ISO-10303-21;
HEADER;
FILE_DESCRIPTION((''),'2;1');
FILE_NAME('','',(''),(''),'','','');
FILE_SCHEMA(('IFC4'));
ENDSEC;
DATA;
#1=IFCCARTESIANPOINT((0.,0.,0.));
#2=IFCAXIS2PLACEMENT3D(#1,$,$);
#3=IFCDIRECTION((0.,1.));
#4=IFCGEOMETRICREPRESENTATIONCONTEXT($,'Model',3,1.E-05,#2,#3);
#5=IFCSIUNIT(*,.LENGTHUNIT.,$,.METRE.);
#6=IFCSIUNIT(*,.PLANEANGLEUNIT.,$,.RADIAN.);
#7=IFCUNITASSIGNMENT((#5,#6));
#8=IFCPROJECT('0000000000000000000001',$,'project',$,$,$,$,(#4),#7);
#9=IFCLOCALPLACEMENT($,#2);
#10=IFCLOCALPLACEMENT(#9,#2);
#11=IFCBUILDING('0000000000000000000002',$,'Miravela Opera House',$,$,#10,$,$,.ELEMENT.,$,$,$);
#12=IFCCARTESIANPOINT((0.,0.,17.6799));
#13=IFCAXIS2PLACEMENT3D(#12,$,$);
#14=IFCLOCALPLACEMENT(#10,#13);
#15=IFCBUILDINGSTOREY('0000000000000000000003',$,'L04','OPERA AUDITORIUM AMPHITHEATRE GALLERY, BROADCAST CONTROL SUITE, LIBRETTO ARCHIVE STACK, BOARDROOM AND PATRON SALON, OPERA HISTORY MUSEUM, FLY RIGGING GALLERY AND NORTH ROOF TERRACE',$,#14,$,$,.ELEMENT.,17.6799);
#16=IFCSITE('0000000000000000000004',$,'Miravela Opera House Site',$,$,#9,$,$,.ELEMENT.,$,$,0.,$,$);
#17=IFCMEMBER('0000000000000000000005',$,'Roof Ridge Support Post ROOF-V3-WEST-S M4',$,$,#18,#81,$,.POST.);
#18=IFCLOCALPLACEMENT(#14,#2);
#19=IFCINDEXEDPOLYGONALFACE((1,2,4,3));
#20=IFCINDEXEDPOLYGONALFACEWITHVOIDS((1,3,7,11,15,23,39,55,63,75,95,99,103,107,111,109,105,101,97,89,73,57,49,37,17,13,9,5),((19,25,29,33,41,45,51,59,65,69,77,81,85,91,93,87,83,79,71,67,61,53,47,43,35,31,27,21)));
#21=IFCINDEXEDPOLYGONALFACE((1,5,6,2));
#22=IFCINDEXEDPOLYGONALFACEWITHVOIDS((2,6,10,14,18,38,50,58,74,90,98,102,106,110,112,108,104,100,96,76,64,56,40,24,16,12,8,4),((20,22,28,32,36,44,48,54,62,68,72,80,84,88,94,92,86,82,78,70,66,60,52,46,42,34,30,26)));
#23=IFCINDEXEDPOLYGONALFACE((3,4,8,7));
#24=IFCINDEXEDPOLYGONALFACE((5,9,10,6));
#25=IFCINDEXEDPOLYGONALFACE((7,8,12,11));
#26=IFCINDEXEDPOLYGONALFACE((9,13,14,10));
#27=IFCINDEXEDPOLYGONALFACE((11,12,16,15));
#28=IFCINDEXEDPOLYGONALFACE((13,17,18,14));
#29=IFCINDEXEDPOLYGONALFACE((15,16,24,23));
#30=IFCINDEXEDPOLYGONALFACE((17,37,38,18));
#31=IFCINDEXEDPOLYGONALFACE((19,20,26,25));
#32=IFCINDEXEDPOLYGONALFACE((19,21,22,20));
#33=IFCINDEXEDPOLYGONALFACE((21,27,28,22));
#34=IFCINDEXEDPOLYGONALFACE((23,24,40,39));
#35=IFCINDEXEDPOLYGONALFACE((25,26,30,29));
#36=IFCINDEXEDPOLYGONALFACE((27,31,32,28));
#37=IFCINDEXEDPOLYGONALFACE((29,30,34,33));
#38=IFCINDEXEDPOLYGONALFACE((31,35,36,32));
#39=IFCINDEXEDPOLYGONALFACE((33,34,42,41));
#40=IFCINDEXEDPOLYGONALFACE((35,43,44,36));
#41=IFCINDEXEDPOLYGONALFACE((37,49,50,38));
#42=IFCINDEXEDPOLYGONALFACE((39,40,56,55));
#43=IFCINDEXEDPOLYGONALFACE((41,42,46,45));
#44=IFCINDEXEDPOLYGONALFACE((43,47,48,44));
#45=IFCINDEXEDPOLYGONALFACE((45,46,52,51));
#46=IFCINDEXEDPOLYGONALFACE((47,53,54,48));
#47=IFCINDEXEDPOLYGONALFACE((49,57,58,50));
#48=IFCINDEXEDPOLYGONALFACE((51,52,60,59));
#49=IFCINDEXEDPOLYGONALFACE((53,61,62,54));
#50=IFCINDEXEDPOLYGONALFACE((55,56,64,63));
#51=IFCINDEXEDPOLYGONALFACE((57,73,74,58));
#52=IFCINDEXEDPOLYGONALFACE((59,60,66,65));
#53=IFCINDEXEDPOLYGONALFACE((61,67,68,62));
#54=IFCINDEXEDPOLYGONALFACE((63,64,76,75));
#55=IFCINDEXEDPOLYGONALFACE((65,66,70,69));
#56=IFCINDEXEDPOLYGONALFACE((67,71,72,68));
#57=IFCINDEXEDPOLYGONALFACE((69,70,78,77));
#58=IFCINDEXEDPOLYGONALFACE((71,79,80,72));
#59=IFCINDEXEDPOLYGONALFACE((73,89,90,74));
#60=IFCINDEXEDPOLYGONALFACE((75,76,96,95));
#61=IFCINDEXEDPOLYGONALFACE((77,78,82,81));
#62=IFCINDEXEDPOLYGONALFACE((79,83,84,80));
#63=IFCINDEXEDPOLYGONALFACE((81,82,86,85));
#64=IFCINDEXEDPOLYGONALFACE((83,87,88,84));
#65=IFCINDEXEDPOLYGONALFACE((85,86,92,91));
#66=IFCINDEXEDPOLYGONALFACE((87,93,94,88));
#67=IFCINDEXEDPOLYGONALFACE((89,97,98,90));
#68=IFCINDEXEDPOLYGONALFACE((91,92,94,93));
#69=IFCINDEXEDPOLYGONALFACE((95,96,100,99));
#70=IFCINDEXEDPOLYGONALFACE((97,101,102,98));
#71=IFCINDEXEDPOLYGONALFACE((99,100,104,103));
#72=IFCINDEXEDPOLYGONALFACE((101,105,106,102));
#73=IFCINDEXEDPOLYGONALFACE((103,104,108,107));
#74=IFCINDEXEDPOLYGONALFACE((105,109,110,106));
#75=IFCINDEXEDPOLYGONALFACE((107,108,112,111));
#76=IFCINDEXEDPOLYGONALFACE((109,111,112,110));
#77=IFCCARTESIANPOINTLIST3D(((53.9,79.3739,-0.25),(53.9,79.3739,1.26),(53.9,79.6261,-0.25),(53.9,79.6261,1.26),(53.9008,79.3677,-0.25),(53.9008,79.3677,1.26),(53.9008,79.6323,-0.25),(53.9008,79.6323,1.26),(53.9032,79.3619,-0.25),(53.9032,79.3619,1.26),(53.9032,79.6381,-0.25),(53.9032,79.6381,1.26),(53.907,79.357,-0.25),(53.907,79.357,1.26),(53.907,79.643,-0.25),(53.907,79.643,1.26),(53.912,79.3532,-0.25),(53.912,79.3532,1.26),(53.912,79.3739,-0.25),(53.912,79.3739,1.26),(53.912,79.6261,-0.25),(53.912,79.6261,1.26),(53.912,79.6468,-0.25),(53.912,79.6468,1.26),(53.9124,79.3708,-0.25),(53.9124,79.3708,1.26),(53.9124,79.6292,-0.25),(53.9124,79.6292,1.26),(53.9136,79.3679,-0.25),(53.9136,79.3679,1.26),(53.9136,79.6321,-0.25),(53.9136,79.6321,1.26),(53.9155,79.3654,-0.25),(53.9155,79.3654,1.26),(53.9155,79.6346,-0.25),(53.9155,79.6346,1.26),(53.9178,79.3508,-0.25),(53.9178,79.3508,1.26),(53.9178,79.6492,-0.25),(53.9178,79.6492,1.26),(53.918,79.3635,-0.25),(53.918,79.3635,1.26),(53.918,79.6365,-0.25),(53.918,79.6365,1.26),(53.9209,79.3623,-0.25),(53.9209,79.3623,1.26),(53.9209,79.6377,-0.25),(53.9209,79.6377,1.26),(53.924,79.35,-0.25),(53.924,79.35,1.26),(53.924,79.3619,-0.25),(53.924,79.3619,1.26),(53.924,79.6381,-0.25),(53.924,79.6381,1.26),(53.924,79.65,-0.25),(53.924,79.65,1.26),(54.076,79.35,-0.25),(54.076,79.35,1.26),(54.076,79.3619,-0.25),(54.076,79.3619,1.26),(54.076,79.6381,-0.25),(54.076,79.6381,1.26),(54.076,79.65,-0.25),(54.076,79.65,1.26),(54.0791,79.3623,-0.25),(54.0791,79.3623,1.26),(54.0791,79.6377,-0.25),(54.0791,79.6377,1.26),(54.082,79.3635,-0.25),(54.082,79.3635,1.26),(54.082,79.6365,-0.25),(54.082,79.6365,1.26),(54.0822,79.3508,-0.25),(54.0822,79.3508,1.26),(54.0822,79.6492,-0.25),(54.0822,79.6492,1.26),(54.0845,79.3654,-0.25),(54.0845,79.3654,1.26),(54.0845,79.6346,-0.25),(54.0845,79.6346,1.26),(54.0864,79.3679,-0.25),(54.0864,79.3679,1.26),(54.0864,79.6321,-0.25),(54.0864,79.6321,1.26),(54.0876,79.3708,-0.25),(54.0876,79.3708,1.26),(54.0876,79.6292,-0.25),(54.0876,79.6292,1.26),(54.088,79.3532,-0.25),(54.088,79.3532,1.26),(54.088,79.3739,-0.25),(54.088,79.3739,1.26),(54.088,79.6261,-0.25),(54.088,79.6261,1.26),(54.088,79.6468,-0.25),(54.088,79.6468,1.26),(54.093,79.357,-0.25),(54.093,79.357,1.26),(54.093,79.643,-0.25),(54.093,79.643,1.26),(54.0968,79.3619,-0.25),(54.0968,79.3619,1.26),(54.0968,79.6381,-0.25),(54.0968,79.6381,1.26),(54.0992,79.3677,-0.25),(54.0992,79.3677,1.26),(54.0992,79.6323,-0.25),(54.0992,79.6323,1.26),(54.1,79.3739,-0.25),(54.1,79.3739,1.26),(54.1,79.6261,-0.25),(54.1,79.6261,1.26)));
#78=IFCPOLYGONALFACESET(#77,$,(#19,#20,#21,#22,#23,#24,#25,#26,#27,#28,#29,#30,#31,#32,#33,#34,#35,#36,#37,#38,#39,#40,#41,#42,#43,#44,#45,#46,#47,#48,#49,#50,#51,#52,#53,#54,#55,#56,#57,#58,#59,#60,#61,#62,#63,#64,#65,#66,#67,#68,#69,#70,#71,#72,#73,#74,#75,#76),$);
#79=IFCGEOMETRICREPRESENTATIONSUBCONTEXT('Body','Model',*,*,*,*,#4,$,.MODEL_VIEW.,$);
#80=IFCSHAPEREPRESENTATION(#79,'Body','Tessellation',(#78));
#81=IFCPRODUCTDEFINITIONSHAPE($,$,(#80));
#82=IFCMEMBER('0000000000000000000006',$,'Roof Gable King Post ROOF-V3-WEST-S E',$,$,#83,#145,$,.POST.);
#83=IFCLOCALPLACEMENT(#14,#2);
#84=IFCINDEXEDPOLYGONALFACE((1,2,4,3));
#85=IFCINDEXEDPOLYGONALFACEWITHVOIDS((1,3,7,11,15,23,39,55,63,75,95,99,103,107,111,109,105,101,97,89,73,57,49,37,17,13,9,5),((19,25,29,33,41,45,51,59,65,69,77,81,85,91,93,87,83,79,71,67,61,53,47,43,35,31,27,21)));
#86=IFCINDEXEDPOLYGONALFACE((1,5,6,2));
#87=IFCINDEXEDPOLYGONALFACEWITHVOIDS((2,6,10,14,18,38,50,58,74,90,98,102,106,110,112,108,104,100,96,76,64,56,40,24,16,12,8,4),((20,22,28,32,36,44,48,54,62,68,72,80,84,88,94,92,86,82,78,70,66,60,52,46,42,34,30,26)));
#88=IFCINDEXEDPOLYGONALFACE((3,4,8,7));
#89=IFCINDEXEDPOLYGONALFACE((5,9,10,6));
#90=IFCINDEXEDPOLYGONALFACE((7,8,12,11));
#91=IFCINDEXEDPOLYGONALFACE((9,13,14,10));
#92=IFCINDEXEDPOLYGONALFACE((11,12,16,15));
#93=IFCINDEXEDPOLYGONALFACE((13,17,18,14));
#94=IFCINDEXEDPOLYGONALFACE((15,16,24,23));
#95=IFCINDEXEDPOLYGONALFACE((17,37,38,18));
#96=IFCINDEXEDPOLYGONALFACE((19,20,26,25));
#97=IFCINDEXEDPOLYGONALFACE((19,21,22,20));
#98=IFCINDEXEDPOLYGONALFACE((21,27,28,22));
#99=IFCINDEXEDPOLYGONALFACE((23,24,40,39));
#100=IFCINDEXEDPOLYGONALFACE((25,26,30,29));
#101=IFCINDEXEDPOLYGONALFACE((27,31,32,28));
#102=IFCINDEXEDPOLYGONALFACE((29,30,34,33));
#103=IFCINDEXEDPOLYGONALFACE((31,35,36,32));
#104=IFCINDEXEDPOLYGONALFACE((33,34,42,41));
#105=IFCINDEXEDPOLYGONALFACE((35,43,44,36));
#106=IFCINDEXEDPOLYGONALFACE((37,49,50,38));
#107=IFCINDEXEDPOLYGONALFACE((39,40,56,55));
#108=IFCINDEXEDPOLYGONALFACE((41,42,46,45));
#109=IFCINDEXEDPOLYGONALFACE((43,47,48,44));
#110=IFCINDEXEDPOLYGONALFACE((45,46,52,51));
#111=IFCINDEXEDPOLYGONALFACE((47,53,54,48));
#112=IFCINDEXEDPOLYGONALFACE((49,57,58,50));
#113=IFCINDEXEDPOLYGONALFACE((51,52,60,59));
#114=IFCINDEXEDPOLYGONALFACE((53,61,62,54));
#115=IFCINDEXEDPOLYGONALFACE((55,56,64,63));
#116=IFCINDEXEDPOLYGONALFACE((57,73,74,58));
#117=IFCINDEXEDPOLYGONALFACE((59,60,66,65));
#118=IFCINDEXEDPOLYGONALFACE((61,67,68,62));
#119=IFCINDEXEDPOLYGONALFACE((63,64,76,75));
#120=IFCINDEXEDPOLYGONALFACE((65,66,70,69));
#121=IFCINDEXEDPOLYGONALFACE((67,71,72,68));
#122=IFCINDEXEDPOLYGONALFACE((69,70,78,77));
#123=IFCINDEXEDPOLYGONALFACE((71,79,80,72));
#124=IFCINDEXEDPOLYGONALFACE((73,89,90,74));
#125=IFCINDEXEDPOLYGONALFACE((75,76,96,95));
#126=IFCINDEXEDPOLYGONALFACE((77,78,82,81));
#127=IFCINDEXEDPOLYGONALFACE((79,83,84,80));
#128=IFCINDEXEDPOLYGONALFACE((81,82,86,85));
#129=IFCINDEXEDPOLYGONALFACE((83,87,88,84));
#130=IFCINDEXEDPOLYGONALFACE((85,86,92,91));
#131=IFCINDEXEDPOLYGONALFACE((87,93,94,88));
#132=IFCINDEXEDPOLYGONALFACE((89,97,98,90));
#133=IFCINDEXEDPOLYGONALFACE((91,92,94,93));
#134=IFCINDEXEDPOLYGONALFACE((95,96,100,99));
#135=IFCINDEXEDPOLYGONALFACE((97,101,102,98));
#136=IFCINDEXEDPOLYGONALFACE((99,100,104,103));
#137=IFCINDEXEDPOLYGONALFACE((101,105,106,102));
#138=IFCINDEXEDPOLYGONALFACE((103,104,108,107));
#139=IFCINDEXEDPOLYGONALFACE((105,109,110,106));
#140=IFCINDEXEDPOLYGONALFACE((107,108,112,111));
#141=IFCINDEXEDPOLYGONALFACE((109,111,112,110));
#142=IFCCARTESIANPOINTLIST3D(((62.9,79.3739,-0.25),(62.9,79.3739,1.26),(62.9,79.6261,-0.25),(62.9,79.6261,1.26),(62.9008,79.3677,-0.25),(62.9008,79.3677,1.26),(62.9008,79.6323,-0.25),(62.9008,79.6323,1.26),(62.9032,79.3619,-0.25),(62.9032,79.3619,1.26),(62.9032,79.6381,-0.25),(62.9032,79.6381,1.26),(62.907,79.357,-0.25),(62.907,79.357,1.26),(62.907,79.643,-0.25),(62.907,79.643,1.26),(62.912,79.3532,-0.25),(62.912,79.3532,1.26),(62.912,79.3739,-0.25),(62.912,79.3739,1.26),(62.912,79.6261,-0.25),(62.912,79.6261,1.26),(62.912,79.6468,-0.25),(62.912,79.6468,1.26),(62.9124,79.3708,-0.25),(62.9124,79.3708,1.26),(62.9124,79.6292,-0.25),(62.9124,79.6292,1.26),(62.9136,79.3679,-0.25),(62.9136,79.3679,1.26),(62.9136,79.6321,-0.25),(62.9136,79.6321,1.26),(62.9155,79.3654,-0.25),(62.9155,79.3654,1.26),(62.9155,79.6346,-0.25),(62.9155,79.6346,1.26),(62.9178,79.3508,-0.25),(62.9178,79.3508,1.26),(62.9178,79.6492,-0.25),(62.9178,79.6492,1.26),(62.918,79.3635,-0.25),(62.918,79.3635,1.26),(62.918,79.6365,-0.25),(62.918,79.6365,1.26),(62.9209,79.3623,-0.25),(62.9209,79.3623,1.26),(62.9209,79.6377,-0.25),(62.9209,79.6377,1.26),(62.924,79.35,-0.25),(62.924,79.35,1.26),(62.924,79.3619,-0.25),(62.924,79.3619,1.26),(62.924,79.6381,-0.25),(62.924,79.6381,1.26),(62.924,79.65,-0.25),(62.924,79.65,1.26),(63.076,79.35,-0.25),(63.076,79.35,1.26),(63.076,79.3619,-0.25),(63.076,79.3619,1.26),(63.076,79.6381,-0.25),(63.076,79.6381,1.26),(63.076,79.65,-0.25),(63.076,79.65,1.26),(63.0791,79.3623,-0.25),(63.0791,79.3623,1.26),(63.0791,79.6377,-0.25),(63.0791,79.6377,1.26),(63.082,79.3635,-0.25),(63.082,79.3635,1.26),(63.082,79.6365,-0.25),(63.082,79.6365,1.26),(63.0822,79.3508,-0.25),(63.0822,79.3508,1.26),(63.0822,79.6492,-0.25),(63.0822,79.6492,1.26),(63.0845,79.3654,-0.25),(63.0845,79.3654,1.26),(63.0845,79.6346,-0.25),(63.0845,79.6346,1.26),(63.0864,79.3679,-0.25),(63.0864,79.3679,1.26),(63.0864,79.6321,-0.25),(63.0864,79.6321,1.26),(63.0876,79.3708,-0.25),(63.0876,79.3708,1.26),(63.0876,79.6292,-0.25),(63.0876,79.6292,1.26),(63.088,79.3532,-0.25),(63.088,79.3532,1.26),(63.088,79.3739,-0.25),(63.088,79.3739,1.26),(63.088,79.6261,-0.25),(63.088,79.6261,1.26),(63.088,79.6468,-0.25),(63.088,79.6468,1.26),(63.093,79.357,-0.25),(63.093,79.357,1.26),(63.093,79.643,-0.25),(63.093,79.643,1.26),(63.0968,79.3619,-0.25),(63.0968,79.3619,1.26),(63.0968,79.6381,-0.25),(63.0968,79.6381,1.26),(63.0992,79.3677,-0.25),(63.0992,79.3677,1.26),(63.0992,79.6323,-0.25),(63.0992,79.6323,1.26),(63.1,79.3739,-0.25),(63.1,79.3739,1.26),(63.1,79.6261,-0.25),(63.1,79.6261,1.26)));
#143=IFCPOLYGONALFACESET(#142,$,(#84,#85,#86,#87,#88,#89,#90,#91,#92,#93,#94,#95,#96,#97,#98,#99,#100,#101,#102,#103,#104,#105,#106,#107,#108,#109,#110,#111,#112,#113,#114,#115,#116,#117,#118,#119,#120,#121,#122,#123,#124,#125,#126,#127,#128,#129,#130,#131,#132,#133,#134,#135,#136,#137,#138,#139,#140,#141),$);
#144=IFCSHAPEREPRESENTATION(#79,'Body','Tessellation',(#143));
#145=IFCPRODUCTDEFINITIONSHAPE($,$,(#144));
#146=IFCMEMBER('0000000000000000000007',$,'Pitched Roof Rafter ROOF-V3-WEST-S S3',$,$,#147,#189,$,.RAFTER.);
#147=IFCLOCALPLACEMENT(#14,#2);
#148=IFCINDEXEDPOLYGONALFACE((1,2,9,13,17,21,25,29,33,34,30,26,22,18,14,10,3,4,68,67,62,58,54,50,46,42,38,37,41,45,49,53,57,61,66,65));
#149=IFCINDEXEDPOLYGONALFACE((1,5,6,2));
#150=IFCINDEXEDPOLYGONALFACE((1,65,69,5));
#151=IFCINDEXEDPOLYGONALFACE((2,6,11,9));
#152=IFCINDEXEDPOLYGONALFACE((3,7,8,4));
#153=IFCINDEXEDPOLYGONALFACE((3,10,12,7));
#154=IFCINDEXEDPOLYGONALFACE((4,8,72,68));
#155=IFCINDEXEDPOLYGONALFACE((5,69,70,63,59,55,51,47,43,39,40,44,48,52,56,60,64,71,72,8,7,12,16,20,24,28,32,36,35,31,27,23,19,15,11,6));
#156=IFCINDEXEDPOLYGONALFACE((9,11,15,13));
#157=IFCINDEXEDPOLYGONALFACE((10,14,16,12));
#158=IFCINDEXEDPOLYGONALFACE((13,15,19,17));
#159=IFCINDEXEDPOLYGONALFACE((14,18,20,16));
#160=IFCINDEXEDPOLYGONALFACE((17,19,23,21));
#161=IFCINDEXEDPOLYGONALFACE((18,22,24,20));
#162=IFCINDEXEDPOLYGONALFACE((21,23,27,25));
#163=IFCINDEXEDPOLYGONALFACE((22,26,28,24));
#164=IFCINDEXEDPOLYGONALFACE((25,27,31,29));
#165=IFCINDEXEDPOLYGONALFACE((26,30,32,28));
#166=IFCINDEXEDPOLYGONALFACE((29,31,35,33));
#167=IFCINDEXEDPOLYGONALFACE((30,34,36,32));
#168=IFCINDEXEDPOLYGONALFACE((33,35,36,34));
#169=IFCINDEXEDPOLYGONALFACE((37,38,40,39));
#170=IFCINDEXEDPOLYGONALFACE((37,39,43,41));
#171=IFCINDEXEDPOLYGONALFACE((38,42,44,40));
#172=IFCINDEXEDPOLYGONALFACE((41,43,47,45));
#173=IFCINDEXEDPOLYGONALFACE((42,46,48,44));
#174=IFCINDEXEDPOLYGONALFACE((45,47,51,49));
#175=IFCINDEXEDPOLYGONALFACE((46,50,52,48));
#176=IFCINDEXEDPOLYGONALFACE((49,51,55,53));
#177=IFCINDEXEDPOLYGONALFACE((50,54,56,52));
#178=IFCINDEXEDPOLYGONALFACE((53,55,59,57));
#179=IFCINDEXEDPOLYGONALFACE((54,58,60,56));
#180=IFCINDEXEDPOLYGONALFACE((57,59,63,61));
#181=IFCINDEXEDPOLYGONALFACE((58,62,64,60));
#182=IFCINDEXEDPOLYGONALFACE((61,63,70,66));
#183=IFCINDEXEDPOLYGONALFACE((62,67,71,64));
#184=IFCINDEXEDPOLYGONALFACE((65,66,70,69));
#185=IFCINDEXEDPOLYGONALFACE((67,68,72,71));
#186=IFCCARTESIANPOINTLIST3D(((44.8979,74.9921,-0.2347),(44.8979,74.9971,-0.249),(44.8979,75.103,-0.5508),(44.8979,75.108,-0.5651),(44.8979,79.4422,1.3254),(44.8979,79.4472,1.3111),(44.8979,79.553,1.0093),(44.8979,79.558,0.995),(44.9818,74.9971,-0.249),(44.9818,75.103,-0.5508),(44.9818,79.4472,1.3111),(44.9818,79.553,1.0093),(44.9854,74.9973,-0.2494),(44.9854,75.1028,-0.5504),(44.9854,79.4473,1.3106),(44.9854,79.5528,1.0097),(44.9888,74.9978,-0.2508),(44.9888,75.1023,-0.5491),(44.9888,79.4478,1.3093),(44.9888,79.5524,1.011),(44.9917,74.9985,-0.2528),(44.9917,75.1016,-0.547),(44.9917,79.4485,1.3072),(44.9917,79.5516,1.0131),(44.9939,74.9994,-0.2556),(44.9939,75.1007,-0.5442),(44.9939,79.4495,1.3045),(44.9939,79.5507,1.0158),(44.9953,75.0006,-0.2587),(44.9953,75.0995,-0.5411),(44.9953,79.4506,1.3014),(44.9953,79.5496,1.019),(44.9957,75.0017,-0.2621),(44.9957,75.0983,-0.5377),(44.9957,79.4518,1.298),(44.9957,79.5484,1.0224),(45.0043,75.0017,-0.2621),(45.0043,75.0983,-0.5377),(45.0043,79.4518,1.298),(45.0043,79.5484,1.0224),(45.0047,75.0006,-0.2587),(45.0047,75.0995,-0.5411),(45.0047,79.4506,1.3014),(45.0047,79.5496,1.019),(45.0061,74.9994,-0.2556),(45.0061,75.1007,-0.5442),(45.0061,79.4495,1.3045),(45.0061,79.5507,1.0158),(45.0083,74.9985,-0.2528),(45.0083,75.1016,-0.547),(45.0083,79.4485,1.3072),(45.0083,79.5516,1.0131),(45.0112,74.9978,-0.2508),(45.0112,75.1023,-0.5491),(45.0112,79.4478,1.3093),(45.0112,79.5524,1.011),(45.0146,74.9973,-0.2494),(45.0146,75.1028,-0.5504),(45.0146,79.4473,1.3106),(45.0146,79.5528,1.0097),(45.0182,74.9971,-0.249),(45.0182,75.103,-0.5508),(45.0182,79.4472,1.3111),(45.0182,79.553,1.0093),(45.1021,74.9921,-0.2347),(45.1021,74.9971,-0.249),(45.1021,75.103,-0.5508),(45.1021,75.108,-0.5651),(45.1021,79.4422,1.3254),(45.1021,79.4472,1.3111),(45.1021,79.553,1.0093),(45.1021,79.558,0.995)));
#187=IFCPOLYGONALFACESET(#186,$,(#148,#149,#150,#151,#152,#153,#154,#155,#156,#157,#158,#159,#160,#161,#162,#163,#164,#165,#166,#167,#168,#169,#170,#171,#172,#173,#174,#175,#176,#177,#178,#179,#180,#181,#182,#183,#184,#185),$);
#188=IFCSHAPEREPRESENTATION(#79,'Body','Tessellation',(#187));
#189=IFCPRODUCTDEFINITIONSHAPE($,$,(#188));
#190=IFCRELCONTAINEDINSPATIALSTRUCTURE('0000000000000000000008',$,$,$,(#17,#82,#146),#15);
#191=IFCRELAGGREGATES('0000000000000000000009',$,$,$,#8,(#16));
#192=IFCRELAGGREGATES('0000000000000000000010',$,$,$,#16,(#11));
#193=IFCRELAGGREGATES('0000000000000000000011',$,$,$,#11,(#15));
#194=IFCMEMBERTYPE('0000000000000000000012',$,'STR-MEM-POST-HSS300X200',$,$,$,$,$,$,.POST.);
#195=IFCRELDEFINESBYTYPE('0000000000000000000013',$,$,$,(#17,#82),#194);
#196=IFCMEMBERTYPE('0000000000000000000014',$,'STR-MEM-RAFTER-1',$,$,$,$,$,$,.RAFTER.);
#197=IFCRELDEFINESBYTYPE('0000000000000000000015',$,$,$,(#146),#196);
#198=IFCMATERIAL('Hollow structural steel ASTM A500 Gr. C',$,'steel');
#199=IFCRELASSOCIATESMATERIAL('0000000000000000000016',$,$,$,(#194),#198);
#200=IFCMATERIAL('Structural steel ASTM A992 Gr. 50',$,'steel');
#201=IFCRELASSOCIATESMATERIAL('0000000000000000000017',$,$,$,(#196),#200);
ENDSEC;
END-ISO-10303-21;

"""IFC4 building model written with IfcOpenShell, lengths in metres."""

from ifc_helpers import new_model, si_unit, direction, frame, origin, origin_2d, place, context, subcontext, project, spatial, hollow_rectangle, i_section, extrude, material, material_profile, profile_set, type_object, element, save


model = new_model("IFC4")

# Units and contexts
model_context = context("Model", 3, precision=1e-05, world=origin(), true_north=direction((0.0, 1.0)))
body_context = subcontext(model_context, "Body", "Model", "MODEL_VIEW")
ifc_project = project(units=[si_unit("LENGTHUNIT", "METRE"), si_unit("PLANEANGLEUNIT", "RADIAN")], contexts=[model_context])

# Site, building, storey
site_placement = place(None, origin())
site = spatial("IfcSite", under=ifc_project, at=site_placement, Name="Miravela Opera House Site", CompositionType="ELEMENT", RefElevation=0.0)
building_placement = place(site_placement, origin())
building = spatial("IfcBuilding", under=site, at=building_placement, Name="Miravela Opera House", CompositionType="ELEMENT")
storey_placement = place(building_placement, frame((0.0, 0.0, 17.6799)))
storey = spatial("IfcBuildingStorey", under=building, at=storey_placement, Name="L04", Description="OPERA AUDITORIUM AMPHITHEATRE GALLERY, BROADCAST CONTROL SUITE, LIBRETTO ARCHIVE STACK, BOARDROOM AND PATRON SALON, OPERA HISTORY MUSEUM, FLY RIGGING GALLERY AND NORTH ROOF TERRACE", CompositionType="ELEMENT", Elevation=17.6799)

# Members
ifc_material_1 = material(Name="Hollow structural steel ASTM A500 Gr. C", Category="steel")
ifc_material_profile_1 = material_profile(ifc_material_1, hollow_rectangle(XDim=0.2, YDim=0.3, WallThickness=0.012, InnerFilletRadius=0.012, OuterFilletRadius=0.0239, at=origin_2d()), Name="HSS300X200X12")
ifc_profile_set_1 = profile_set([ifc_material_profile_1])
member_type_1 = type_object("IfcMemberType", Name="STR-MEM-POST-HSS300X200", PredefinedType="POST", material=ifc_profile_set_1)
for number, where, z_axis, x_axis, name in (
    (1, (54.0, 79.5, -0.25), (0.0, 0.0, 1.0), (1.0, 0.0, 0.0), "Roof Ridge Support Post ROOF-V3-WEST-S M4"),
    (2, (63.0, 79.5, -0.25), (0.0, 0.0, 1.0), (1.0, 0.0, 0.0), "Roof Gable King Post ROOF-V3-WEST-S E"),
):
    element("IfcMember", number, at=place(storey_placement, frame(where, z_axis=z_axis, x_axis=x_axis)), inside=storey, type_object=member_type_1, Name=name, PredefinedType="POST", context=body_context, shape_type="SweptSolid", body=[
        extrude(hollow_rectangle(XDim=0.2, YDim=0.3, WallThickness=0.012, InnerFilletRadius=0.012, OuterFilletRadius=0.0239, at=origin_2d()), origin(), (0.0, 0.0, 1.0), 1.51),
    ])
ifc_material_2 = material(Name="Structural steel ASTM A992 Gr. 50", Category="steel")
ifc_material_profile_2 = material_profile(ifc_material_2, i_section(OverallWidth=0.2041, OverallDepth=0.3501, WebThickness=0.0085, FlangeThickness=0.0151, FilletRadius=0.0139, at=origin_2d()), Name="W360X72")
ifc_profile_set_2 = profile_set([ifc_material_profile_2])
member_type_2 = type_object("IfcMemberType", Name="STR-MEM-RAFTER-1", PredefinedType="RAFTER", material=ifc_profile_set_2)
for number, where, z_axis, x_axis, name in (
    (3, (45.0, 75.05, -0.3999), (0.0, 0.943688, 0.330837), (-1.0, 0.0, 0.0), "Pitched Roof Rafter ROOF-V3-WEST-S S3"),
):
    element("IfcMember", number, at=place(storey_placement, frame(where, z_axis=z_axis, x_axis=x_axis)), inside=storey, type_object=member_type_2, Name=name, PredefinedType="RAFTER", context=body_context, shape_type="SweptSolid", body=[
        extrude(i_section(OverallWidth=0.2041, OverallDepth=0.3501, WebThickness=0.0085, FlangeThickness=0.0151, FilletRadius=0.0139, at=origin_2d()), origin(), (0.0, 0.0, 1.0), 4.7156),
    ])

save(model, "model.ifc")
